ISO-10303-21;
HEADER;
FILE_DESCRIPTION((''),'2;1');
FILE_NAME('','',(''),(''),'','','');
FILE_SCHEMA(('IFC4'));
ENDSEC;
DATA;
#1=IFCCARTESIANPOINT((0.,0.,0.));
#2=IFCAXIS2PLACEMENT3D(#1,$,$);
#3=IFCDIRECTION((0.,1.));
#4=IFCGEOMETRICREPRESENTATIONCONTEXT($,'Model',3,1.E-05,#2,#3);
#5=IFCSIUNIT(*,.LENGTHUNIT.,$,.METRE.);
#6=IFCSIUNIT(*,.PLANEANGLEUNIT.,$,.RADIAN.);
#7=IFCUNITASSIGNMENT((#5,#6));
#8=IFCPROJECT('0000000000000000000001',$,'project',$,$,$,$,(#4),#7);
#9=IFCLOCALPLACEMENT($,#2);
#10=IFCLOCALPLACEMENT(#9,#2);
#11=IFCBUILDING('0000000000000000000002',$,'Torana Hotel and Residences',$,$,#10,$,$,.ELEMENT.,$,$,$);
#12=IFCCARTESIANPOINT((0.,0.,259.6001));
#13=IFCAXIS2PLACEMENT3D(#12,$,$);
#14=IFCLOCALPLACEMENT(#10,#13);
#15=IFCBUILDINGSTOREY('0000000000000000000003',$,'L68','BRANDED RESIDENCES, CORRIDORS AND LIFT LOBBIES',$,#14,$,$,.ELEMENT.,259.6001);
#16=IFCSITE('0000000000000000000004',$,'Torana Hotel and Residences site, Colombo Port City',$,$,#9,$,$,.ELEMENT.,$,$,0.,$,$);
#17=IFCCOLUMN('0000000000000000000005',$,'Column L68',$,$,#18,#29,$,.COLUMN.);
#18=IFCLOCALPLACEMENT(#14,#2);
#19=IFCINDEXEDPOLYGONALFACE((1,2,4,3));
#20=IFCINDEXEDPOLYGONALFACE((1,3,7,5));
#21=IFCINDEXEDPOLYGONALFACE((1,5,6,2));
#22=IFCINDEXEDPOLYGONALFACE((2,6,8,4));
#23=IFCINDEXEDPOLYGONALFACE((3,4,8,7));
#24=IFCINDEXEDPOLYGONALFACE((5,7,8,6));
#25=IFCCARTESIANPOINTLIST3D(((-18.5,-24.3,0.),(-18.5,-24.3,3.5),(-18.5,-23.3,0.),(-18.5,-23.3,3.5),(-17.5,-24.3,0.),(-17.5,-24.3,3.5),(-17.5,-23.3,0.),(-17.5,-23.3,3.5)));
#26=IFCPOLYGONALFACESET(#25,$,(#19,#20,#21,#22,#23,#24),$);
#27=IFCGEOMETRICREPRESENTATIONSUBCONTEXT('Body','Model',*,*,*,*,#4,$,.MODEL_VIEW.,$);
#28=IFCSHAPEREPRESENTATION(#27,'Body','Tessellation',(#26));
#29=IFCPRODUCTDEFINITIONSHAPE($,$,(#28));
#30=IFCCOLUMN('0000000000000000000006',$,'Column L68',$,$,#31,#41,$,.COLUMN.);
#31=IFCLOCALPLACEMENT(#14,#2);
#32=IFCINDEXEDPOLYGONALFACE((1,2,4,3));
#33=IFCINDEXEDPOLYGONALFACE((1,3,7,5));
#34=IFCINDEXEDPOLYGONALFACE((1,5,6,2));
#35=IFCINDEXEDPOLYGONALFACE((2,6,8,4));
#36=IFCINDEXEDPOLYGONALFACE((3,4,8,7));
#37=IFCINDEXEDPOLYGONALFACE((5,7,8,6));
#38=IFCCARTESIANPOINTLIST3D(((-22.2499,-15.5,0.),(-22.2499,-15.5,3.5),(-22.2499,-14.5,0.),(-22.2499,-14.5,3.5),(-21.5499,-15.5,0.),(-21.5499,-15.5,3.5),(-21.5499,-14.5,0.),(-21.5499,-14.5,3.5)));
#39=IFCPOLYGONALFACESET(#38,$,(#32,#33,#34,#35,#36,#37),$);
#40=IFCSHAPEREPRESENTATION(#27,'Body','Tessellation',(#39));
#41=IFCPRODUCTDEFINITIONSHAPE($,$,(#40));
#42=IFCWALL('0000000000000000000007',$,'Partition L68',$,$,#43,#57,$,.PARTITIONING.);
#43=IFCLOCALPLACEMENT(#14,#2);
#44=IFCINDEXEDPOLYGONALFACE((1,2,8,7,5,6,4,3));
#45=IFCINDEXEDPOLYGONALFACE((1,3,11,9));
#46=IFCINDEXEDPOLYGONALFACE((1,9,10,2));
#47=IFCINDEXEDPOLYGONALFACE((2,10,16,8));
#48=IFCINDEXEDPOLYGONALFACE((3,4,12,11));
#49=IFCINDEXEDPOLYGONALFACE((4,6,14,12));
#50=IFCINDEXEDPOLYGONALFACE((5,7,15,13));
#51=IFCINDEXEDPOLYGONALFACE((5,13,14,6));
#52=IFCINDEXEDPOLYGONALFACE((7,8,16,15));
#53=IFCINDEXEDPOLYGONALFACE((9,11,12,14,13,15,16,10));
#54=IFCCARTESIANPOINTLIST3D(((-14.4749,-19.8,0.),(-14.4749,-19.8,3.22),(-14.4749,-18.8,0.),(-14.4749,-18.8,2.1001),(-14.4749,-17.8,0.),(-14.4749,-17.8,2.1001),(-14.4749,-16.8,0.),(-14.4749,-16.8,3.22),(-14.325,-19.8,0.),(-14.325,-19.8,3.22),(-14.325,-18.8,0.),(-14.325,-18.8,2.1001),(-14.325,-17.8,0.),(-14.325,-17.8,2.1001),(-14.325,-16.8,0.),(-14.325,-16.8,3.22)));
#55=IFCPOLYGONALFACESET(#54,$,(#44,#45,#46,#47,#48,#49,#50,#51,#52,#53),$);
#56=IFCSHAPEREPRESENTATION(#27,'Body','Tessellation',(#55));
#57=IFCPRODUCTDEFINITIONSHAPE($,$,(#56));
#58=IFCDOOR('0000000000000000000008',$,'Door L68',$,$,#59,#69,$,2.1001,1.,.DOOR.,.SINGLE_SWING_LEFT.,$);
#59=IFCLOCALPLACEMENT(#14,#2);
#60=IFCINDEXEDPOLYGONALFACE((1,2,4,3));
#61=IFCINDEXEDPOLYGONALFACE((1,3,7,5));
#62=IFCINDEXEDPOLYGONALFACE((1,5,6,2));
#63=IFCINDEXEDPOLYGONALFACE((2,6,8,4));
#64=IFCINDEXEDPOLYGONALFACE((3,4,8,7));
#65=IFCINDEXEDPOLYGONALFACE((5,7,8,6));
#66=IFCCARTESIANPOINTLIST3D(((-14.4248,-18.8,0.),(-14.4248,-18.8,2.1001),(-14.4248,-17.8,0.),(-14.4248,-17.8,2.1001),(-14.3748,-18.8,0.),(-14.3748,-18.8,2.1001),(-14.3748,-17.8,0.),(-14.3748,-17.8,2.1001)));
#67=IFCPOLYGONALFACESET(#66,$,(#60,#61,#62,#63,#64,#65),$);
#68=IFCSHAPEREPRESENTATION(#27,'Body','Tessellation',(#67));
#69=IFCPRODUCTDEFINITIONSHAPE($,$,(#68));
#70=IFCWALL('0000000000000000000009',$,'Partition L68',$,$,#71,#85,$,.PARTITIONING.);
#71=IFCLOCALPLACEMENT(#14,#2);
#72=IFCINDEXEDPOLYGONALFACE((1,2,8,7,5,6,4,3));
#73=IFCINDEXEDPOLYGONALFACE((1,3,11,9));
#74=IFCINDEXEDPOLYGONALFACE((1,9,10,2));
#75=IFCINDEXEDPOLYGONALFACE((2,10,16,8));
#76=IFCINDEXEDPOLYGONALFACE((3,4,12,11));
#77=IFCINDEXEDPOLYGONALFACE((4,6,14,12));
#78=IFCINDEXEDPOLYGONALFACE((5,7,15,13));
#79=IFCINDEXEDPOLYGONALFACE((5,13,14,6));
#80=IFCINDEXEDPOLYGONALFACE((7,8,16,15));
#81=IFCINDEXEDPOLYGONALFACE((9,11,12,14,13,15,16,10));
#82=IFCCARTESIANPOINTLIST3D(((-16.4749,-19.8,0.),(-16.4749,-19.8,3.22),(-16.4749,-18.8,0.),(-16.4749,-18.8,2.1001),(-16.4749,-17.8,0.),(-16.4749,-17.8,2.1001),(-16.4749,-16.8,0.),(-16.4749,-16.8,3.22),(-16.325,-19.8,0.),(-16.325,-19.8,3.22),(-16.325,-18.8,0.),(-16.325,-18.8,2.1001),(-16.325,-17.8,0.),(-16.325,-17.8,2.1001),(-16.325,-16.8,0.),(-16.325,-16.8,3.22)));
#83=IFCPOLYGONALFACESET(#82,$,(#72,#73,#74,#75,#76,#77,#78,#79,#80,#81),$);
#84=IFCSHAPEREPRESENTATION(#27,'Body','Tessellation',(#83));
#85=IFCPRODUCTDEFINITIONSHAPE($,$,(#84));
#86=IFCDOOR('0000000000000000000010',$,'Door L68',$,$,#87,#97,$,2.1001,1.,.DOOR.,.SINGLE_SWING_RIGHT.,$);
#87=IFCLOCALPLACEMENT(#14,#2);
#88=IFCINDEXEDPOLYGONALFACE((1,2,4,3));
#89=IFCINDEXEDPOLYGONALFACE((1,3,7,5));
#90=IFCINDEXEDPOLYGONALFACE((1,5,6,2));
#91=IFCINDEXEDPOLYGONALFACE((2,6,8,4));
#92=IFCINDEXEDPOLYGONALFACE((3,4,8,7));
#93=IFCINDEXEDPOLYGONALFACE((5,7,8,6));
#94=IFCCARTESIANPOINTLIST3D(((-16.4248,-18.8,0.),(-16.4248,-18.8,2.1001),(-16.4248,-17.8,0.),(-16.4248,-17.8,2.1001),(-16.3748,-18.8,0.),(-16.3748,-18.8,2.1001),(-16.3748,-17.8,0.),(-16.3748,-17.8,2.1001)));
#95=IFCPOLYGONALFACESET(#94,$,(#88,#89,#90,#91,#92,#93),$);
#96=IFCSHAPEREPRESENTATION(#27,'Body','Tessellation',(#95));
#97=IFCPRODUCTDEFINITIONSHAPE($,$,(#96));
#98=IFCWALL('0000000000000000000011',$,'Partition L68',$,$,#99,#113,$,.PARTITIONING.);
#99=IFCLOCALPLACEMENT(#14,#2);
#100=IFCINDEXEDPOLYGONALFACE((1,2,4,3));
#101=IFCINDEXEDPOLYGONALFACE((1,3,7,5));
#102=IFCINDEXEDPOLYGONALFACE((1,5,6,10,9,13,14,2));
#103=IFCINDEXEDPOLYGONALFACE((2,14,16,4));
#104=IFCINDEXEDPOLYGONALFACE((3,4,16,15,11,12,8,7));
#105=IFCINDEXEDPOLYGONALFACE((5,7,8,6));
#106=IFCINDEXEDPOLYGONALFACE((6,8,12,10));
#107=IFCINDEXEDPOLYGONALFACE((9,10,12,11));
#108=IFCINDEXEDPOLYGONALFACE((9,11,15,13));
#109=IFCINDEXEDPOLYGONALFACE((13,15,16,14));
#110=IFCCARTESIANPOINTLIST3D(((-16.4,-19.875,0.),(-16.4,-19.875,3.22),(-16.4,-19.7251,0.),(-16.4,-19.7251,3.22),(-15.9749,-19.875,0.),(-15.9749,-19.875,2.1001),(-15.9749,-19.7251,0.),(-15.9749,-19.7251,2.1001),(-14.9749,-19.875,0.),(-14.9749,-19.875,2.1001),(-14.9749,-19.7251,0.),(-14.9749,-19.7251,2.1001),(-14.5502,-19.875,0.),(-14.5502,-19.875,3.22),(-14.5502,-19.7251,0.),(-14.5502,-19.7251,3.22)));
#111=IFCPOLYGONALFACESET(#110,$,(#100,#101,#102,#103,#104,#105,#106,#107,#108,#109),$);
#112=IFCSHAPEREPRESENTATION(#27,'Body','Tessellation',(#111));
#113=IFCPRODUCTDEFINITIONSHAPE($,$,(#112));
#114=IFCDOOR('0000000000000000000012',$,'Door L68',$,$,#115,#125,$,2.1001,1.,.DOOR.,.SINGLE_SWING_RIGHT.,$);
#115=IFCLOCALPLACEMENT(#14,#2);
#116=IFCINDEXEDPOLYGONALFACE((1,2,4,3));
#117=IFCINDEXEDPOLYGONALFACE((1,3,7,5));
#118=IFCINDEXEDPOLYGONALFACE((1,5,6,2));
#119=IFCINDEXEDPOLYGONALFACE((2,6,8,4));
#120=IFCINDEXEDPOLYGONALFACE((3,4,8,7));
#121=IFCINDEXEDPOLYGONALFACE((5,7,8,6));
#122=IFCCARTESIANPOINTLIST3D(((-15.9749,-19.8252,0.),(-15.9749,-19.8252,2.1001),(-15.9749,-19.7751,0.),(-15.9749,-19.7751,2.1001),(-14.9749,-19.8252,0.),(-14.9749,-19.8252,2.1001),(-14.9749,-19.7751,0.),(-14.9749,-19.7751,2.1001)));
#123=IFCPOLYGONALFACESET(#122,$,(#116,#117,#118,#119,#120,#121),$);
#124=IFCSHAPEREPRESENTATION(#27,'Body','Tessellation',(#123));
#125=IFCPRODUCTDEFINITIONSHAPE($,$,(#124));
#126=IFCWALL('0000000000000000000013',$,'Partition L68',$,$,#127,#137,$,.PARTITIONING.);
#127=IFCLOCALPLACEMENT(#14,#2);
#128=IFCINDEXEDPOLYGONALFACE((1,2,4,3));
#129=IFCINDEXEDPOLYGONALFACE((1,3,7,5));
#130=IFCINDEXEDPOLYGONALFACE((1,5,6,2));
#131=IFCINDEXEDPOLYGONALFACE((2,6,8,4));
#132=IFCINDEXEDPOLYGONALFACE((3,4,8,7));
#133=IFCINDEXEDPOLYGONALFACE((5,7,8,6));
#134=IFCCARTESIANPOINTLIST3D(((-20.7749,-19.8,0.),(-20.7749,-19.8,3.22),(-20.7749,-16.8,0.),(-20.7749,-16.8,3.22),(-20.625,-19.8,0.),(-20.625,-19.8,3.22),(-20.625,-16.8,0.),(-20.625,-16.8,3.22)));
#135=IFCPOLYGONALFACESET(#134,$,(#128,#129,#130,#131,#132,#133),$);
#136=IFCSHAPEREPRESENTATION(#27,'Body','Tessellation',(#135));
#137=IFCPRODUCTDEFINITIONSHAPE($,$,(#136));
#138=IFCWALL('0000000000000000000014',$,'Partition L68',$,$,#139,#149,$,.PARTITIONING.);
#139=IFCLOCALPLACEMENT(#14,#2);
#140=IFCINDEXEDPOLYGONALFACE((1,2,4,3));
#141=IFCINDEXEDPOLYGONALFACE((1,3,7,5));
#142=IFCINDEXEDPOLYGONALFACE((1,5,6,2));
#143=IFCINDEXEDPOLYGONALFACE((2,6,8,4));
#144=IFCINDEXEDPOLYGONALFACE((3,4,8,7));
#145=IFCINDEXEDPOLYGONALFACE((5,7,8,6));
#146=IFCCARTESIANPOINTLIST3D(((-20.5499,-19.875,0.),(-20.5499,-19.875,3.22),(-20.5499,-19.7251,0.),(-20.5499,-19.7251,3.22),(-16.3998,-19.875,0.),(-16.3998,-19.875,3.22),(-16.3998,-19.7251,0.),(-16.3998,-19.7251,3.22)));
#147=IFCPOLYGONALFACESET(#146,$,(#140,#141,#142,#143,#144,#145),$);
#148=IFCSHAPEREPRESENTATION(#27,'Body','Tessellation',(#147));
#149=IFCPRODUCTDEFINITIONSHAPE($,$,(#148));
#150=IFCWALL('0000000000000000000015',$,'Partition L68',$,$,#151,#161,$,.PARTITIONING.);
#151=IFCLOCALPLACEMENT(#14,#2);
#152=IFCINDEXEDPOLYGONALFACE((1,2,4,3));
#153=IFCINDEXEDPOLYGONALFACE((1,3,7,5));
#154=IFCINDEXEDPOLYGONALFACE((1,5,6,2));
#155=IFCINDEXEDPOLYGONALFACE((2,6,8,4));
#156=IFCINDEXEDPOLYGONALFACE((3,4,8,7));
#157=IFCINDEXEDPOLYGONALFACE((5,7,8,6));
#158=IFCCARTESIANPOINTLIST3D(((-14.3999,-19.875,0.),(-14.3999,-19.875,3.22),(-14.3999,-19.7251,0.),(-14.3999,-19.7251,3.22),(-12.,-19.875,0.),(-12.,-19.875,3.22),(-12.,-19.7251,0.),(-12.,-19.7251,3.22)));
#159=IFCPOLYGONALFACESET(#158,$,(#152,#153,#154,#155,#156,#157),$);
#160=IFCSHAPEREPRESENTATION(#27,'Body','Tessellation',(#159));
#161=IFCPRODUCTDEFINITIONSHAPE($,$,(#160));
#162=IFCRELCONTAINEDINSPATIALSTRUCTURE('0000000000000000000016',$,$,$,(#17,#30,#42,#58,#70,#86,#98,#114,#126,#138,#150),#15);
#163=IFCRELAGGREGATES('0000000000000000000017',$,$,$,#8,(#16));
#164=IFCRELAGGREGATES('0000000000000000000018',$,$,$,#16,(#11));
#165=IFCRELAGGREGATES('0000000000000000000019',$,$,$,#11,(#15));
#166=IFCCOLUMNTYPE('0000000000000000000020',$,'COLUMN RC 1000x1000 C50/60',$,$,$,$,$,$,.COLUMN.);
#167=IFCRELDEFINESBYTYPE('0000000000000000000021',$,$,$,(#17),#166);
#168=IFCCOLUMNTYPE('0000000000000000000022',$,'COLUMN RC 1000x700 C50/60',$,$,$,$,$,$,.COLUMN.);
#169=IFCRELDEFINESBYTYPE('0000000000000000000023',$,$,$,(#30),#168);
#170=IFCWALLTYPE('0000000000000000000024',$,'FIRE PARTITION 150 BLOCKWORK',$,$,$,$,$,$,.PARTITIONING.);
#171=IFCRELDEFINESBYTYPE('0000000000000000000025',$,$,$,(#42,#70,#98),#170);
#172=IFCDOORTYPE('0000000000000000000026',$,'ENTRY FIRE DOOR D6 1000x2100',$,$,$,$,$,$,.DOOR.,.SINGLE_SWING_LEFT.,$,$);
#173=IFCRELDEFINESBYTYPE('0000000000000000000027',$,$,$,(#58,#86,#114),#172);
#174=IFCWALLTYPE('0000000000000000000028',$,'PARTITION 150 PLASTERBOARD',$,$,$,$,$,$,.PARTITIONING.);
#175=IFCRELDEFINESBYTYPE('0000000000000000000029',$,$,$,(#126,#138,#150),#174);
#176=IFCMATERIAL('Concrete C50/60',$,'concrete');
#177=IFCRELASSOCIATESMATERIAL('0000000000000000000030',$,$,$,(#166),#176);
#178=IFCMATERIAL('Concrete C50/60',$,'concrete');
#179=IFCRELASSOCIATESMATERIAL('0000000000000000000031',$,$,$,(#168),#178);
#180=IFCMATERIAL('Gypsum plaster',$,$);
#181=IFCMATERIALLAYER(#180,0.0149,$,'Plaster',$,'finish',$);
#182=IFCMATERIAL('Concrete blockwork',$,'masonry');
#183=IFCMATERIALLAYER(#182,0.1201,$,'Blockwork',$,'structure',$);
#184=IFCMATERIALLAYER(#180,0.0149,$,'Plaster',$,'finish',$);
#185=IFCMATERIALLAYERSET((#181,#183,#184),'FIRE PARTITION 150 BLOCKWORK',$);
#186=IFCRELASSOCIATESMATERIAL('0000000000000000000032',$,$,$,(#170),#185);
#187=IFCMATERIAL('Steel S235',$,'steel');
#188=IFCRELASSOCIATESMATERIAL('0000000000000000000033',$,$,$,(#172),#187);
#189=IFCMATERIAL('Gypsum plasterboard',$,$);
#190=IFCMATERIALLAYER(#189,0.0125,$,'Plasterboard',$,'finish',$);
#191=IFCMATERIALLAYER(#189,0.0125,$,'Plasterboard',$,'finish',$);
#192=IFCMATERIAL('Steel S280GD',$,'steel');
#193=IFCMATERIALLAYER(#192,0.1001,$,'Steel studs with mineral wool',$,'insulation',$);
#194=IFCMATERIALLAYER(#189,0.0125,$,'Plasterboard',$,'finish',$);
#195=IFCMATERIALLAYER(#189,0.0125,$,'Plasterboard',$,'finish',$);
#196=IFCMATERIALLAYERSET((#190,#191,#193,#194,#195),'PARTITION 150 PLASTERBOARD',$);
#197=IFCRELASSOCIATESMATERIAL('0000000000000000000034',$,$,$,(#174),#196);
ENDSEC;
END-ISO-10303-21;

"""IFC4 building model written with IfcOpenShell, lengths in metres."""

from ifc_helpers import new_model, si_unit, direction, frame, frame_2d, origin, origin_2d, place, context, subcontext, project, spatial, rectangle, extrude, material, layer, layer_set, material_profile, profile_set, type_object, element, fill, save


model = new_model("IFC4")

# Units and contexts
model_context = context("Model", 3, precision=1e-05, world=origin(), true_north=direction((0.0, 1.0)))
body_context = subcontext(model_context, "Body", "Model", "MODEL_VIEW")
ifc_project = project(units=[si_unit("LENGTHUNIT", "METRE"), si_unit("PLANEANGLEUNIT", "RADIAN")], contexts=[model_context])

# Site, building, storey
site_placement = place(None, origin())
site = spatial("IfcSite", under=ifc_project, at=site_placement, Name="Torana Hotel and Residences site, Colombo Port City", CompositionType="ELEMENT", RefElevation=0.0)
building_placement = place(site_placement, origin())
building = spatial("IfcBuilding", under=site, at=building_placement, Name="Torana Hotel and Residences", CompositionType="ELEMENT")
storey_placement = place(building_placement, frame((0.0, 0.0, 259.6001)))
storey = spatial("IfcBuildingStorey", under=building, at=storey_placement, Name="L68", Description="BRANDED RESIDENCES, CORRIDORS AND LIFT LOBBIES", CompositionType="ELEMENT", Elevation=259.6001)

# Columns
ifc_material_1 = material(Name="Concrete C50/60", Category="concrete")
ifc_material_profile_1 = material_profile(ifc_material_1, rectangle(XDim=1.0, YDim=1.0, at=origin_2d()), Name="RC 1000x1000")
ifc_profile_set_1 = profile_set([ifc_material_profile_1], Name="Concrete C50/60")
column_type_1 = type_object("IfcColumnType", Name="COLUMN RC 1000x1000 C50/60", PredefinedType="COLUMN", material=ifc_profile_set_1)
column_1_placement = place(storey_placement, frame((-18.0, -23.8, 0.0), z_axis=(0.0, 0.0, 1.0), x_axis=(1.0, 0.0, 0.0)))
element("IfcColumn", 1, at=column_1_placement, inside=storey, type_object=column_type_1, Name="Column L68", PredefinedType="COLUMN", context=body_context, shape_type="SweptSolid", body=[
    extrude(rectangle(XDim=1.0, YDim=1.0, at=origin_2d()), origin(), (0.0, 0.0, 1.0), 3.5),
])
ifc_material_2 = material(Name="Concrete C50/60", Category="concrete")
ifc_material_profile_2 = material_profile(ifc_material_2, rectangle(XDim=1.0, YDim=0.7, at=origin_2d()), Name="RC 1000x700")
ifc_profile_set_2 = profile_set([ifc_material_profile_2], Name="Concrete C50/60")
column_type_2 = type_object("IfcColumnType", Name="COLUMN RC 1000x700 C50/60", PredefinedType="COLUMN", material=ifc_profile_set_2)
column_2_placement = place(storey_placement, frame((-21.8999, -15.0, 0.0), z_axis=(0.0, 0.0, 1.0), x_axis=(0.0, 1.0, 0.0)))
element("IfcColumn", 2, at=column_2_placement, inside=storey, type_object=column_type_2, Name="Column L68", PredefinedType="COLUMN", context=body_context, shape_type="SweptSolid", body=[
    extrude(rectangle(XDim=1.0, YDim=0.7, at=origin_2d()), origin(), (0.0, 0.0, 1.0), 3.5),
])

# Walls, openings, doors
ifc_material_3 = material(Name="Gypsum plaster")
ifc_layer_1 = layer(ifc_material_3, 0.0149, Name="Plaster", Category="finish")
ifc_material_4 = material(Name="Concrete blockwork", Category="masonry")
ifc_layer_2 = layer(ifc_material_4, 0.1201, Name="Blockwork", Category="structure")
ifc_layer_3 = layer(ifc_material_3, 0.0149, Name="Plaster", Category="finish")
ifc_layer_set_1 = layer_set([ifc_layer_1, ifc_layer_2, ifc_layer_3], Name="FIRE PARTITION 150 BLOCKWORK")
wall_type_1 = type_object("IfcWallType", Name="FIRE PARTITION 150 BLOCKWORK", PredefinedType="PARTITIONING", material=ifc_layer_set_1)
wall_1_placement = place(storey_placement, frame((-14.3999, -19.8, 0.0), z_axis=(0.0, 0.0, 1.0), x_axis=(0.0, 1.0, 0.0)))
wall_1 = element("IfcWall", 3, at=wall_1_placement, inside=storey, type_object=wall_type_1, Name="Partition L68", PredefinedType="PARTITIONING", context=body_context, shape_type="SweptSolid", body=[
    extrude(rectangle(XDim=3.0, YDim=0.1499, at=frame_2d((1.5, 0.0))), origin(), (0.0, 0.0, 1.0), 3.22),
])
opening_1_placement = place(wall_1_placement, frame((1.0, 0.0, 0.0)))
opening_1 = element("IfcOpeningElement", 4, at=opening_1_placement, cuts=wall_1, PredefinedType="OPENING", context=body_context, shape_type="SweptSolid", body=[
    extrude(rectangle(XDim=1.0, YDim=2.1001, at=frame_2d((0.5, 1.05))), frame((0.0, 0.085, 0.0), z_axis=(0.0, -1.0, 0.0), x_axis=(1.0, 0.0, 0.0)), (0.0, 0.0, 1.0), 0.1699),
])
ifc_material_5 = material(Name="Steel S235", Category="steel")
door_type = type_object("IfcDoorType", Name="ENTRY FIRE DOOR D6 1000x2100", OperationType="SINGLE_SWING_LEFT", PredefinedType="DOOR", material=ifc_material_5)
door_1_placement = place(opening_1_placement, frame((0.5, 0.0, 0.0), z_axis=(0.0, 0.0, 1.0), x_axis=(-1.0, 0.0, 0.0)))
door_1 = element("IfcDoor", 5, at=door_1_placement, inside=storey, type_object=door_type, Name="Door L68", OperationType="SINGLE_SWING_LEFT", OverallHeight=2.1001, OverallWidth=1.0, PredefinedType="DOOR", context=body_context, shape_type="SweptSolid", body=[
    extrude(rectangle(XDim=1.0, YDim=2.1001, at=frame_2d((0.0, 1.05))), frame((0.0, -0.0249, 0.0), z_axis=(0.0, 1.0, 0.0), x_axis=(-1.0, 0.0, 0.0)), (0.0, 0.0, 1.0), 0.05),
])
fill(opening_1, door_1)
wall_2_placement = place(storey_placement, frame((-16.3999, -19.8, 0.0), z_axis=(0.0, 0.0, 1.0), x_axis=(0.0, 1.0, 0.0)))
wall_2 = element("IfcWall", 6, at=wall_2_placement, inside=storey, type_object=wall_type_1, Name="Partition L68", PredefinedType="PARTITIONING", context=body_context, shape_type="SweptSolid", body=[
    extrude(rectangle(XDim=3.0, YDim=0.1499, at=frame_2d((1.5, 0.0))), origin(), (0.0, 0.0, 1.0), 3.22),
])
opening_2_placement = place(wall_2_placement, frame((1.0, 0.0, 0.0)))
opening_2 = element("IfcOpeningElement", 7, at=opening_2_placement, cuts=wall_2, PredefinedType="OPENING", context=body_context, shape_type="SweptSolid", body=[
    extrude(rectangle(XDim=1.0, YDim=2.1001, at=frame_2d((0.5, 1.05))), frame((0.0, 0.085, 0.0), z_axis=(0.0, -1.0, 0.0), x_axis=(1.0, 0.0, 0.0)), (0.0, 0.0, 1.0), 0.1699),
])
door_2_placement = place(opening_2_placement, origin())
door_2 = element("IfcDoor", 8, at=door_2_placement, inside=storey, type_object=door_type, Name="Door L68", OperationType="SINGLE_SWING_RIGHT", OverallHeight=2.1001, OverallWidth=1.0, PredefinedType="DOOR", context=body_context, shape_type="SweptSolid", body=[
    extrude(rectangle(XDim=1.0, YDim=2.1001, at=frame_2d((0.5, 1.05))), frame((0.0, 0.0249, 0.0), z_axis=(0.0, -1.0, 0.0), x_axis=(1.0, 0.0, 0.0)), (0.0, 0.0, 1.0), 0.05),
])
fill(opening_2, door_2)
wall_3_placement = place(storey_placement, frame((-16.3999, -19.8, 0.0), z_axis=(0.0, 0.0, 1.0), x_axis=(1.0, 0.0, 0.0)))
wall_3 = element("IfcWall", 9, at=wall_3_placement, inside=storey, type_object=wall_type_1, Name="Partition L68", PredefinedType="PARTITIONING", context=body_context, shape_type="SweptSolid", body=[
    extrude(rectangle(XDim=1.8499, YDim=0.1499, at=frame_2d((0.9248, 0.0))), origin(), (0.0, 0.0, 1.0), 3.22),
])
opening_3_placement = place(wall_3_placement, frame((0.425, 0.0, 0.0)))
opening_3 = element("IfcOpeningElement", 10, at=opening_3_placement, cuts=wall_3, PredefinedType="OPENING", context=body_context, shape_type="SweptSolid", body=[
    extrude(rectangle(XDim=1.0, YDim=2.1001, at=frame_2d((0.5, 1.05))), frame((0.0, 0.085, 0.0), z_axis=(0.0, -1.0, 0.0), x_axis=(1.0, 0.0, 0.0)), (0.0, 0.0, 1.0), 0.1699),
])
door_3_placement = place(opening_3_placement, frame((0.5, 0.0, 0.0), z_axis=(0.0, 0.0, 1.0), x_axis=(-1.0, 0.0, 0.0)))
door_3 = element("IfcDoor", 11, at=door_3_placement, inside=storey, type_object=door_type, Name="Door L68", OperationType="SINGLE_SWING_RIGHT", OverallHeight=2.1001, OverallWidth=1.0, PredefinedType="DOOR", context=body_context, shape_type="SweptSolid", body=[
    extrude(rectangle(XDim=1.0, YDim=2.1001, at=frame_2d((0.0, 1.05))), frame((0.0, -0.0249, 0.0), z_axis=(0.0, 1.0, 0.0), x_axis=(-1.0, 0.0, 0.0)), (0.0, 0.0, 1.0), 0.05),
])
fill(opening_3, door_3)

# Walls
ifc_material_6 = material(Name="Gypsum plasterboard")
ifc_layer_4 = layer(ifc_material_6, 0.0125, Name="Plasterboard", Category="finish")
ifc_layer_5 = layer(ifc_material_6, 0.0125, Name="Plasterboard", Category="finish")
ifc_material_7 = material(Name="Steel S280GD", Category="steel")
ifc_layer_6 = layer(ifc_material_7, 0.1001, Name="Steel studs with mineral wool", Category="insulation")
ifc_layer_7 = layer(ifc_material_6, 0.0125, Name="Plasterboard", Category="finish")
ifc_layer_8 = layer(ifc_material_6, 0.0125, Name="Plasterboard", Category="finish")
ifc_layer_set_2 = layer_set([ifc_layer_4, ifc_layer_5, ifc_layer_6, ifc_layer_7, ifc_layer_8], Name="PARTITION 150 PLASTERBOARD")
wall_type_2 = type_object("IfcWallType", Name="PARTITION 150 PLASTERBOARD", PredefinedType="PARTITIONING", material=ifc_layer_set_2)
wall_4_placement = place(storey_placement, frame((-20.7, -19.8, 0.0), z_axis=(0.0, 0.0, 1.0), x_axis=(0.0, 1.0, 0.0)))
element("IfcWall", 12, at=wall_4_placement, inside=storey, type_object=wall_type_2, Name="Partition L68", PredefinedType="PARTITIONING", context=body_context, shape_type="SweptSolid", body=[
    extrude(rectangle(XDim=3.0, YDim=0.1499, at=frame_2d((1.5, 0.0))), origin(), (0.0, 0.0, 1.0), 3.22),
])
wall_5_placement = place(storey_placement, frame((-20.55, -19.8, 0.0), z_axis=(0.0, 0.0, 1.0), x_axis=(1.0, 0.0, 0.0)))
element("IfcWall", 13, at=wall_5_placement, inside=storey, type_object=wall_type_2, Name="Partition L68", PredefinedType="PARTITIONING", context=body_context, shape_type="SweptSolid", body=[
    extrude(rectangle(XDim=4.1501, YDim=0.1499, at=frame_2d((2.0752, 0.0))), origin(), (0.0, 0.0, 1.0), 3.22),
])
wall_6_placement = place(storey_placement, frame((-14.3999, -19.8, 0.0), z_axis=(0.0, 0.0, 1.0), x_axis=(1.0, 0.0, 0.0)))
element("IfcWall", 14, at=wall_6_placement, inside=storey, type_object=wall_type_2, Name="Partition L68", PredefinedType="PARTITIONING", context=body_context, shape_type="SweptSolid", body=[
    extrude(rectangle(XDim=2.3999, YDim=0.1499, at=frame_2d((1.2, 0.0))), origin(), (0.0, 0.0, 1.0), 3.22),
])

save(model, "model.ifc")
